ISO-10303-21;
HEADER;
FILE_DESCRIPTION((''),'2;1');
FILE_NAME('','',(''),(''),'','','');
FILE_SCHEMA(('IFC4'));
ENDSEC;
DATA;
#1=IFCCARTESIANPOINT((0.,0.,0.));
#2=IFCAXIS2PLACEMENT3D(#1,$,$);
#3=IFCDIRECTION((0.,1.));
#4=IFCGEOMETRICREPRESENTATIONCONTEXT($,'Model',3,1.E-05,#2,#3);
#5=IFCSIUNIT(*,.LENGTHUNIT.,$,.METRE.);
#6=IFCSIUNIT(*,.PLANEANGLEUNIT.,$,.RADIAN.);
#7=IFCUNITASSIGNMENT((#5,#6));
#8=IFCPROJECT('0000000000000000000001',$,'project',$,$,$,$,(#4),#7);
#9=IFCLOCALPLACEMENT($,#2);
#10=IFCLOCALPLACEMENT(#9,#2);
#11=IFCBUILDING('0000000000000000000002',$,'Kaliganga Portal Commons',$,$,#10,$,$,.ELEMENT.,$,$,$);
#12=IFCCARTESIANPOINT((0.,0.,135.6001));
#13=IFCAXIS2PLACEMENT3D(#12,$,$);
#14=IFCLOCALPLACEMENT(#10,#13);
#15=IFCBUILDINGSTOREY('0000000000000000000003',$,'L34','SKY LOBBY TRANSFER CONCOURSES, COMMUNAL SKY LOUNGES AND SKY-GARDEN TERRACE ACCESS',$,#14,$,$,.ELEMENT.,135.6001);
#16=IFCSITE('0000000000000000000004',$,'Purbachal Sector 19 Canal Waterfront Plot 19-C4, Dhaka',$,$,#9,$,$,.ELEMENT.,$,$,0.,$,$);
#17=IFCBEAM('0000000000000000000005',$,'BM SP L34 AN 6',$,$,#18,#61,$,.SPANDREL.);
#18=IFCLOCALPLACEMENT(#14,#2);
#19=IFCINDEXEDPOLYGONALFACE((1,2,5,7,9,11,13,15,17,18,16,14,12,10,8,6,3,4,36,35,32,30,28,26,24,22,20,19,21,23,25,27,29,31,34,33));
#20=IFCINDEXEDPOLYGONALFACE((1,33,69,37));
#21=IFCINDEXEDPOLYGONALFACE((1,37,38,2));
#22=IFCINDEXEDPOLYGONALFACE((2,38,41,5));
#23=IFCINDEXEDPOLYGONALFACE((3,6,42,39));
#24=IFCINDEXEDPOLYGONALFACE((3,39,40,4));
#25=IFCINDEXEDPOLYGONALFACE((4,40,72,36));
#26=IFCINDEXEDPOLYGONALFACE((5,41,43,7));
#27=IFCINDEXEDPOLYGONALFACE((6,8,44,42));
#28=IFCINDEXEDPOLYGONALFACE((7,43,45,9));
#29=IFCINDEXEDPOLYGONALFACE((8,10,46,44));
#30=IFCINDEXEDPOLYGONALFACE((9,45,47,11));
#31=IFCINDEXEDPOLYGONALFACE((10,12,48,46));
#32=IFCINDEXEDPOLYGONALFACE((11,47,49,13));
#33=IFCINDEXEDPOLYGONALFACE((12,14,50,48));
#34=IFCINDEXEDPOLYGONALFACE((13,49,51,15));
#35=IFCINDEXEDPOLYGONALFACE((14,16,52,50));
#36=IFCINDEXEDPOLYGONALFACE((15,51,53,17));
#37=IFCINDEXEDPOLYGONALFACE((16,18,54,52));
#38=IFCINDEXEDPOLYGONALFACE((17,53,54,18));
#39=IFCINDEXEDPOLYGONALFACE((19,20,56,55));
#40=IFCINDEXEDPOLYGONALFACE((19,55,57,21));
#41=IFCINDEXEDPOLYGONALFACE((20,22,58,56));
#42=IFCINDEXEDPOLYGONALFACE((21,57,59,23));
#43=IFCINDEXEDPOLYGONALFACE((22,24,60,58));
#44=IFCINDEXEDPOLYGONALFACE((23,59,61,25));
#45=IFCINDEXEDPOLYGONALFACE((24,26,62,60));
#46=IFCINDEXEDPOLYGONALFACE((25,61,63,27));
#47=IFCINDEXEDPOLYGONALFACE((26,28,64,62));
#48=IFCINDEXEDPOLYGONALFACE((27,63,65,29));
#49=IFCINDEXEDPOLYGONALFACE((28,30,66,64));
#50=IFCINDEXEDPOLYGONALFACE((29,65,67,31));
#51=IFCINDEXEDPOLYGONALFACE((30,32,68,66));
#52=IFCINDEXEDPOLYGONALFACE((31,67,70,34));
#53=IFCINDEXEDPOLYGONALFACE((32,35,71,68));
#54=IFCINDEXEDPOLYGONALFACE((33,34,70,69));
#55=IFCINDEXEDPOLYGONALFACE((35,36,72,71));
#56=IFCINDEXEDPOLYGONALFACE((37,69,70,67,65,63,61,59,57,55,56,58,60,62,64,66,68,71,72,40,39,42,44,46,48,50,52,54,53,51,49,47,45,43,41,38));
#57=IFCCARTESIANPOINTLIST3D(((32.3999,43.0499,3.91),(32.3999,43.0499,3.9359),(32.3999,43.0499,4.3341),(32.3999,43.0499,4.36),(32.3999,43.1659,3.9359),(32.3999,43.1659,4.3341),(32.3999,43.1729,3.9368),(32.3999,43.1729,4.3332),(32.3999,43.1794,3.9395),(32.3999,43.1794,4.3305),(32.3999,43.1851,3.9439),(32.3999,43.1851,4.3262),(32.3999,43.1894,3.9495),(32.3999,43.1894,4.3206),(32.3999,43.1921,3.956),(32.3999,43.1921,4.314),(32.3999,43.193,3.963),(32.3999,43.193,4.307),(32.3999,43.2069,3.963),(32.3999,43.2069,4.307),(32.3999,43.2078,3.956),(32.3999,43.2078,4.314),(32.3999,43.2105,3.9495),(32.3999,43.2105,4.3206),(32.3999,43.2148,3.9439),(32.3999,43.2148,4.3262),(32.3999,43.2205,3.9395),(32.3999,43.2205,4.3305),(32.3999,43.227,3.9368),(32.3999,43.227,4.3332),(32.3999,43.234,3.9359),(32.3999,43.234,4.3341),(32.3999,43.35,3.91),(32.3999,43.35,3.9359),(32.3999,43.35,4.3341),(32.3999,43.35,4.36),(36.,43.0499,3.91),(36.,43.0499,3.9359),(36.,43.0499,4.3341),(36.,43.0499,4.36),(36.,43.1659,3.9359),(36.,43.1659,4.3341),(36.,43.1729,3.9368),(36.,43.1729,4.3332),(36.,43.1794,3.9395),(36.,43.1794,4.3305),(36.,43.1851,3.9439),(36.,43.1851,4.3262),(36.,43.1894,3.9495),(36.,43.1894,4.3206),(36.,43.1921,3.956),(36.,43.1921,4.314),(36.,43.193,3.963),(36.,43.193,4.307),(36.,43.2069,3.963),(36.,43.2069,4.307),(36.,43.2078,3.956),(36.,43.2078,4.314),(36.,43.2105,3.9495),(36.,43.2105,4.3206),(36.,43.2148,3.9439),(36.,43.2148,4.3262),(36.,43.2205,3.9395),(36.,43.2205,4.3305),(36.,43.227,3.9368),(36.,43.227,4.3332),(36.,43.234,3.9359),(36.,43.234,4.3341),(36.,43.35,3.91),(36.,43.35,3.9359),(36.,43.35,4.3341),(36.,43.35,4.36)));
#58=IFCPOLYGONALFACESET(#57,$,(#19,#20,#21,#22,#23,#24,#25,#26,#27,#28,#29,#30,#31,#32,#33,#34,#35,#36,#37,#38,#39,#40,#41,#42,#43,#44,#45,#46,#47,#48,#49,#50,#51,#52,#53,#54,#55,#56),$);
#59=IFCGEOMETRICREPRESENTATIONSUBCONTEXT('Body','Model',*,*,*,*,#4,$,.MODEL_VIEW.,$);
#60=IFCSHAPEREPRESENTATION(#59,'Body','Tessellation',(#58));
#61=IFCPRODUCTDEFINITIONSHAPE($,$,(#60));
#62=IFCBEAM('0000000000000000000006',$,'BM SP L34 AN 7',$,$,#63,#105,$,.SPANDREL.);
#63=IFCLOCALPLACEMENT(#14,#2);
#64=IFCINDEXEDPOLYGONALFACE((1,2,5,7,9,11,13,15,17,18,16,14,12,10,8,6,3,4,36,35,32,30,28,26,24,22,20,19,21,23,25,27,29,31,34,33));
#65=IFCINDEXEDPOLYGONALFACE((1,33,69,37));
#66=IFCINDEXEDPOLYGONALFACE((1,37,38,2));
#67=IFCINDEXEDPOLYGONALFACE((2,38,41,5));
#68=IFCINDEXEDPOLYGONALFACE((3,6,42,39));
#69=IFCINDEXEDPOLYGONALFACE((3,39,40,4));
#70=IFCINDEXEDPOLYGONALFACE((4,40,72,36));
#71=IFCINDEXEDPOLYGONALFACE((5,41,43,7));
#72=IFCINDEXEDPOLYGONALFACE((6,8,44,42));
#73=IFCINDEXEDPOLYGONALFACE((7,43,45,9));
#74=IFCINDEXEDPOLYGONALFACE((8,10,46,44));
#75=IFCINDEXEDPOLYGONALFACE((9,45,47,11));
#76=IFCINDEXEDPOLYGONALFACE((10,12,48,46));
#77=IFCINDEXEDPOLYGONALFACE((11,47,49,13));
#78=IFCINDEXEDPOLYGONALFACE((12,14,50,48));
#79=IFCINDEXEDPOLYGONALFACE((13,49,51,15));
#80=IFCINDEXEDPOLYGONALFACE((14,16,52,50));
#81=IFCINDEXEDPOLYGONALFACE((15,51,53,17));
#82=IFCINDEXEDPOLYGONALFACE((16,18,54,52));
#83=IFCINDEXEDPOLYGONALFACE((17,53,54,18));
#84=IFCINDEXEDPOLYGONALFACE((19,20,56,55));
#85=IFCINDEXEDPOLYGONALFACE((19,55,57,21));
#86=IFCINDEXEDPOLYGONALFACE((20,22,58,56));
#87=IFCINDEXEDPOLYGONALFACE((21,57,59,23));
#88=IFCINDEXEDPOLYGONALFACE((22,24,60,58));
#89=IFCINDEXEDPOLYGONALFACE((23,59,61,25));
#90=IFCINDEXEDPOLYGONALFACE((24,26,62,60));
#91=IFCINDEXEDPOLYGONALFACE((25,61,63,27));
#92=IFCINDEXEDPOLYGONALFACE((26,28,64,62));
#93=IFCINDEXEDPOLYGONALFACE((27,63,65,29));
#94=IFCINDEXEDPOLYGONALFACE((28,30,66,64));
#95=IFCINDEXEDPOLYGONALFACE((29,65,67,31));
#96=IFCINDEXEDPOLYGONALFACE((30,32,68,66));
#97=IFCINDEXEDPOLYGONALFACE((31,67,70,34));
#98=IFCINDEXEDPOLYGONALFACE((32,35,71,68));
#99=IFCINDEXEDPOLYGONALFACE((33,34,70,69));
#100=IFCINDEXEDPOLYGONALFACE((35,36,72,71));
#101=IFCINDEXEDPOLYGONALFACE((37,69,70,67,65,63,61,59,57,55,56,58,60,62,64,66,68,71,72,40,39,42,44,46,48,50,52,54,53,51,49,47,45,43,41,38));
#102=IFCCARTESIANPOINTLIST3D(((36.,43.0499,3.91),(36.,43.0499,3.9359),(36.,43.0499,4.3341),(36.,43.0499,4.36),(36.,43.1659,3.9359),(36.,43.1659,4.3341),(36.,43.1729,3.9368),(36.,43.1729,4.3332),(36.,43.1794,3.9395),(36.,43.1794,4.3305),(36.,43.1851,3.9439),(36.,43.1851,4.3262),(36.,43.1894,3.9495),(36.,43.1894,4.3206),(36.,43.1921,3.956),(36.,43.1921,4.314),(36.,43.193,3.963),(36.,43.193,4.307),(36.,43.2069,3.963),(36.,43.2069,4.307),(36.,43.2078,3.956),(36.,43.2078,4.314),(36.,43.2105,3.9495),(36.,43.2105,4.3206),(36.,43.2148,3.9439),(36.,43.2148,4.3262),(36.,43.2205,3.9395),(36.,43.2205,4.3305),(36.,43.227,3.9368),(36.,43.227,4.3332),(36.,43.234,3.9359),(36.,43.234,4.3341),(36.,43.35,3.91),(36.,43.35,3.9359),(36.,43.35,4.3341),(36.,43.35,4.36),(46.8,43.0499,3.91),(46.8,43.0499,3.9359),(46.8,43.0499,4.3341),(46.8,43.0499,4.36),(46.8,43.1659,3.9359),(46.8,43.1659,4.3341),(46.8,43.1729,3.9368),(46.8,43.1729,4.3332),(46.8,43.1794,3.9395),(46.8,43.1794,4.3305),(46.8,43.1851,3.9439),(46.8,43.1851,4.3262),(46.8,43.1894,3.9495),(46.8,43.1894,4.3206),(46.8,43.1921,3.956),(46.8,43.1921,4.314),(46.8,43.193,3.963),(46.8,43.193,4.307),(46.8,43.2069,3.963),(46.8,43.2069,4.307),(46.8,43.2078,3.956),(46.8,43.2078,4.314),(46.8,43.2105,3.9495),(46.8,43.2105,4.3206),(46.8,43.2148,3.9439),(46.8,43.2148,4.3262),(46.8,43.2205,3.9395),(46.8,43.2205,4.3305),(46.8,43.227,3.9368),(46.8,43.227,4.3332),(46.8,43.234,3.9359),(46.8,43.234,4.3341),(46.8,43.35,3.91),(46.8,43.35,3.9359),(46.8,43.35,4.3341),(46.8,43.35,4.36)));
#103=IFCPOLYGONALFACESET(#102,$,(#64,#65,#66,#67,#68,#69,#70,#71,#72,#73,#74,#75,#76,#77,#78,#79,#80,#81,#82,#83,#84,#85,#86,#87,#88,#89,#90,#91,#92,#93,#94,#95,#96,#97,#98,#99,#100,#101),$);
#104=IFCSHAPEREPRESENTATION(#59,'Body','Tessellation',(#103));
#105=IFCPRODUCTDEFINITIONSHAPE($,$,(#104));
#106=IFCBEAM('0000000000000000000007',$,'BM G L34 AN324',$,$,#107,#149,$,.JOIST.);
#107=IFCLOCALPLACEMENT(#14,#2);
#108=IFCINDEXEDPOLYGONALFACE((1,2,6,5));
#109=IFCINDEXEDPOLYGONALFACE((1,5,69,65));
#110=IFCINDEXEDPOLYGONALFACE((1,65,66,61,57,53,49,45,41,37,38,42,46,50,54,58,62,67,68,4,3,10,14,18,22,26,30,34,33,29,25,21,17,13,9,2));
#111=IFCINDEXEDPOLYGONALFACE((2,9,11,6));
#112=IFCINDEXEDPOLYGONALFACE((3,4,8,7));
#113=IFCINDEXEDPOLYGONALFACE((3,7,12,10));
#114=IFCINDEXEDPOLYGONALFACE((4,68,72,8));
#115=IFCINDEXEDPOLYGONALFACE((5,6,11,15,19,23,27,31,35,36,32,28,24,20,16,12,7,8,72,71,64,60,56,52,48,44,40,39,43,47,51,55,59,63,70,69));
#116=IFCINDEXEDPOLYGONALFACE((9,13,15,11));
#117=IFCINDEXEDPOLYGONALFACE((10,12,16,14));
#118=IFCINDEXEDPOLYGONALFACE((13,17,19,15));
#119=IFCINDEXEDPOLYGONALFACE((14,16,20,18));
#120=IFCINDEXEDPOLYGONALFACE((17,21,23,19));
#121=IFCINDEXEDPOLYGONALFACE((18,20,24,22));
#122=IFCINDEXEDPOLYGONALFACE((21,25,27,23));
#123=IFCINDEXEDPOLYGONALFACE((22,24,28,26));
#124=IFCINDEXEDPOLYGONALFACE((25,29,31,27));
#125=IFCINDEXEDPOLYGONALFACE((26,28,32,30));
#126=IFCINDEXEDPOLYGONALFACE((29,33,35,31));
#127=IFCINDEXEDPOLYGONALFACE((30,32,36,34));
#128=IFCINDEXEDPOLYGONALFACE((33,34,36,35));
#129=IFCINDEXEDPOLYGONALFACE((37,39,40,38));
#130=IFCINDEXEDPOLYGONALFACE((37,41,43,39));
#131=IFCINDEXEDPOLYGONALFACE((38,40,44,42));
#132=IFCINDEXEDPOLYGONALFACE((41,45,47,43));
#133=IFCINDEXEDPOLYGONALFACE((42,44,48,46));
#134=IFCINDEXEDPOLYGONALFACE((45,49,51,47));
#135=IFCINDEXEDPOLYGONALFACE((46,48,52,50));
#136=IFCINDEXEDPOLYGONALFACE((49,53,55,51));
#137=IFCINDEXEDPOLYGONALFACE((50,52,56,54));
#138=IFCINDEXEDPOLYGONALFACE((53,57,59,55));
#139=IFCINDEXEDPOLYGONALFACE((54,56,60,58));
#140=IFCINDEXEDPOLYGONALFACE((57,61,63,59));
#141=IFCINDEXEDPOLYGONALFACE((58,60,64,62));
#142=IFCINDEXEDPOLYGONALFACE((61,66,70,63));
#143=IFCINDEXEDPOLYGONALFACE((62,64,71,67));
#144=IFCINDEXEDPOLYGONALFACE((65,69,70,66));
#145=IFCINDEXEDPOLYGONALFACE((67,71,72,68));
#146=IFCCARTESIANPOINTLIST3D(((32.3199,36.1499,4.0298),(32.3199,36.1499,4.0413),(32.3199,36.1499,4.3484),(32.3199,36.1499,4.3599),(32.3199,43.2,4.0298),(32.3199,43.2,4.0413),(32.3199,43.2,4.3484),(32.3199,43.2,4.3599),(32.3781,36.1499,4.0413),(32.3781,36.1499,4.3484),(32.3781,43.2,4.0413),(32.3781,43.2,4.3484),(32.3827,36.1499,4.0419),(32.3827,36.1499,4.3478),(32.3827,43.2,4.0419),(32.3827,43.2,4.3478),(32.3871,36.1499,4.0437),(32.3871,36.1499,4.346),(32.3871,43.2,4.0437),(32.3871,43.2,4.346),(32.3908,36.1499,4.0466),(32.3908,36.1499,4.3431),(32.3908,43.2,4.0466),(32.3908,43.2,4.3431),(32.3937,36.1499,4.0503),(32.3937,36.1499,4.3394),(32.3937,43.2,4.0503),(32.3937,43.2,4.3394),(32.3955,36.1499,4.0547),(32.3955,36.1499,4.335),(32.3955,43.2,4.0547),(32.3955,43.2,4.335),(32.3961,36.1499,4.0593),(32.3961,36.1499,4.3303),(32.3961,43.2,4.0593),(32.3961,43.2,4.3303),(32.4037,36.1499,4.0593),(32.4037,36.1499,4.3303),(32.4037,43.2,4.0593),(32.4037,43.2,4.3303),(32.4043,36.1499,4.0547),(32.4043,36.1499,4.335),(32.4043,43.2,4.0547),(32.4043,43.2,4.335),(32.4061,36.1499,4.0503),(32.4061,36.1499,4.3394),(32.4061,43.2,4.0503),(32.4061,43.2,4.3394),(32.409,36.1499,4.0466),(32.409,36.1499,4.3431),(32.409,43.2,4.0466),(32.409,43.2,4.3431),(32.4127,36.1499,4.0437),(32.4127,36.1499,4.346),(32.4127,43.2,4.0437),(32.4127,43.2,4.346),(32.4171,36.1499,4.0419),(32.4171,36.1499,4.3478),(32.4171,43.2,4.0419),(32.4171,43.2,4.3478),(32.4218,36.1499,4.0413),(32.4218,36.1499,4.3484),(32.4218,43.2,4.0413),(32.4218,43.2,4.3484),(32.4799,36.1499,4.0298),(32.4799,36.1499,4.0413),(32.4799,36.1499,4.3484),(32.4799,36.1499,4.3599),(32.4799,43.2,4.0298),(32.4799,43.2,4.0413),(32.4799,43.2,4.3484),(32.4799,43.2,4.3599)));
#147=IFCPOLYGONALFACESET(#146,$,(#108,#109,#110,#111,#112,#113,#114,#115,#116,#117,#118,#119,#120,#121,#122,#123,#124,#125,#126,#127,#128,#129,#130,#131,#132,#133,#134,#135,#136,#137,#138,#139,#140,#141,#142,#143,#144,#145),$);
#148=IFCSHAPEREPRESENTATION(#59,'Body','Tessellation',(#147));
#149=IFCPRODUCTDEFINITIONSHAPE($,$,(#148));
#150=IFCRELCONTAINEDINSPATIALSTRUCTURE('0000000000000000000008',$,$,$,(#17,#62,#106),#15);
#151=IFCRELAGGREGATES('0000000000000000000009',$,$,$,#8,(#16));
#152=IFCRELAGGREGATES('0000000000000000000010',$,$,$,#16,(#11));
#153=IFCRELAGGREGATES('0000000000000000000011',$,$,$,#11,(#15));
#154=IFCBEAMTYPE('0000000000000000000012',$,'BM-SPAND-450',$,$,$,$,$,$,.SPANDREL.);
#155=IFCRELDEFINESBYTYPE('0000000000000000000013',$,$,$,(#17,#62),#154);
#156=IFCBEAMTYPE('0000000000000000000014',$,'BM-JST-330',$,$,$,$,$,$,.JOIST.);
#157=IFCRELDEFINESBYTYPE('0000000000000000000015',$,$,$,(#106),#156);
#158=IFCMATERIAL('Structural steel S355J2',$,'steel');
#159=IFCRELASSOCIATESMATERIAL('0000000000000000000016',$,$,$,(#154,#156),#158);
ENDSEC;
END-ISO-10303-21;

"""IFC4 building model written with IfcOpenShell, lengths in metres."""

from ifc_helpers import new_model, si_unit, direction, frame, origin, origin_2d, place, context, subcontext, project, spatial, i_section, extrude, source, transform, mapped, material, material_profile, profile_set, type_object, element, save


model = new_model("IFC4")

# Units and contexts
model_context = context("Model", 3, precision=1e-05, world=origin(), true_north=direction((0.0, 1.0)))
body_context = subcontext(model_context, "Body", "Model", "MODEL_VIEW")
ifc_project = project(units=[si_unit("LENGTHUNIT", "METRE"), si_unit("PLANEANGLEUNIT", "RADIAN")], contexts=[model_context])

# Site, building, storey
site_placement = place(None, origin())
site = spatial("IfcSite", under=ifc_project, at=site_placement, Name="Purbachal Sector 19 Canal Waterfront Plot 19-C4, Dhaka", CompositionType="ELEMENT", RefElevation=0.0)
building_placement = place(site_placement, origin())
building = spatial("IfcBuilding", under=site, at=building_placement, Name="Kaliganga Portal Commons", CompositionType="ELEMENT")
storey_placement = place(building_placement, frame((0.0, 0.0, 135.6001)))
storey = spatial("IfcBuildingStorey", under=building, at=storey_placement, Name="L34", Description="SKY LOBBY TRANSFER CONCOURSES, COMMUNAL SKY LOUNGES AND SKY-GARDEN TERRACE ACCESS", CompositionType="ELEMENT", Elevation=135.6001)

# Beams
ifc_material_1 = material(Name="Structural steel S355J2", Category="steel")
ifc_material_profile_1 = material_profile(ifc_material_1, i_section(OverallWidth=0.3, OverallDepth=0.45, WebThickness=0.0139, FlangeThickness=0.0259, FilletRadius=0.0271, at=origin_2d()), Name="HE 450 B")
ifc_profile_set_1 = profile_set([ifc_material_profile_1], Name="Structural steel S355J2 wide-flange")
beam_type_1 = type_object("IfcBeamType", Name="BM-SPAND-450", PredefinedType="SPANDREL", material=ifc_profile_set_1)
shared_shape_1 = source(origin(), body_context, "Body", "SweptSolid", [
    extrude(i_section(OverallWidth=0.3, OverallDepth=0.45, WebThickness=0.0139, FlangeThickness=0.0259, FilletRadius=0.0271, at=origin_2d()), origin(), (0.0, 0.0, 1.0), 3.6001),
])
beam_1_placement = place(storey_placement, frame((32.3999, 43.2, 4.135), z_axis=(1.0, 0.0, 0.0), x_axis=(0.0, 1.0, 0.0)))
element("IfcBeam", 1, at=beam_1_placement, inside=storey, type_object=beam_type_1, Name="BM SP L34 AN 6", PredefinedType="SPANDREL", context=body_context, shape_type="MappedRepresentation", body=[
    mapped(shared_shape_1, transform((0.0, 0.0, 0.0), x_axis=(1.0, 0.0, 0.0), y_axis=(0.0, 1.0, 0.0), z_axis=(0.0, 0.0, 1.0), scale=1.0)),
])
shared_shape_2 = source(origin(), body_context, "Body", "SweptSolid", [
    extrude(i_section(OverallWidth=0.3, OverallDepth=0.45, WebThickness=0.0139, FlangeThickness=0.0259, FilletRadius=0.0271, at=origin_2d()), origin(), (0.0, 0.0, 1.0), 10.8),
])
beam_2_placement = place(storey_placement, frame((36.0, 43.2, 4.135), z_axis=(1.0, 0.0, 0.0), x_axis=(0.0, 1.0, 0.0)))
element("IfcBeam", 2, at=beam_2_placement, inside=storey, type_object=beam_type_1, Name="BM SP L34 AN 7", PredefinedType="SPANDREL", context=body_context, shape_type="MappedRepresentation", body=[
    mapped(shared_shape_2, transform((0.0, 0.0, 0.0), x_axis=(1.0, 0.0, 0.0), y_axis=(0.0, 1.0, 0.0), z_axis=(0.0, 0.0, 1.0), scale=1.0)),
])
ifc_material_profile_2 = material_profile(ifc_material_1, i_section(OverallWidth=0.1599, OverallDepth=0.3301, WebThickness=0.0076, FlangeThickness=0.0115, FilletRadius=0.0181, at=origin_2d()), Name="IPE 330")
ifc_profile_set_2 = profile_set([ifc_material_profile_2], Name="Structural steel S355J2 wide-flange")
beam_type_2 = type_object("IfcBeamType", Name="BM-JST-330", PredefinedType="JOIST", material=ifc_profile_set_2)
shared_shape_3 = source(origin(), body_context, "Body", "SweptSolid", [
    extrude(i_section(OverallWidth=0.1599, OverallDepth=0.3301, WebThickness=0.0076, FlangeThickness=0.0115, FilletRadius=0.0181, at=origin_2d()), origin(), (0.0, 0.0, 1.0), 7.05),
])
beam_3_placement = place(storey_placement, frame((32.3999, 36.1499, 4.1948), z_axis=(0.0, 1.0, 0.0), x_axis=(-1.0, 0.0, 0.0)))
element("IfcBeam", 3, at=beam_3_placement, inside=storey, type_object=beam_type_2, Name="BM G L34 AN324", PredefinedType="JOIST", context=body_context, shape_type="MappedRepresentation", body=[
    mapped(shared_shape_3, transform((0.0, 0.0, 0.0), x_axis=(1.0, 0.0, 0.0), y_axis=(0.0, 1.0, 0.0), z_axis=(0.0, 0.0, 1.0), scale=1.0)),
])

save(model, "model.ifc")
